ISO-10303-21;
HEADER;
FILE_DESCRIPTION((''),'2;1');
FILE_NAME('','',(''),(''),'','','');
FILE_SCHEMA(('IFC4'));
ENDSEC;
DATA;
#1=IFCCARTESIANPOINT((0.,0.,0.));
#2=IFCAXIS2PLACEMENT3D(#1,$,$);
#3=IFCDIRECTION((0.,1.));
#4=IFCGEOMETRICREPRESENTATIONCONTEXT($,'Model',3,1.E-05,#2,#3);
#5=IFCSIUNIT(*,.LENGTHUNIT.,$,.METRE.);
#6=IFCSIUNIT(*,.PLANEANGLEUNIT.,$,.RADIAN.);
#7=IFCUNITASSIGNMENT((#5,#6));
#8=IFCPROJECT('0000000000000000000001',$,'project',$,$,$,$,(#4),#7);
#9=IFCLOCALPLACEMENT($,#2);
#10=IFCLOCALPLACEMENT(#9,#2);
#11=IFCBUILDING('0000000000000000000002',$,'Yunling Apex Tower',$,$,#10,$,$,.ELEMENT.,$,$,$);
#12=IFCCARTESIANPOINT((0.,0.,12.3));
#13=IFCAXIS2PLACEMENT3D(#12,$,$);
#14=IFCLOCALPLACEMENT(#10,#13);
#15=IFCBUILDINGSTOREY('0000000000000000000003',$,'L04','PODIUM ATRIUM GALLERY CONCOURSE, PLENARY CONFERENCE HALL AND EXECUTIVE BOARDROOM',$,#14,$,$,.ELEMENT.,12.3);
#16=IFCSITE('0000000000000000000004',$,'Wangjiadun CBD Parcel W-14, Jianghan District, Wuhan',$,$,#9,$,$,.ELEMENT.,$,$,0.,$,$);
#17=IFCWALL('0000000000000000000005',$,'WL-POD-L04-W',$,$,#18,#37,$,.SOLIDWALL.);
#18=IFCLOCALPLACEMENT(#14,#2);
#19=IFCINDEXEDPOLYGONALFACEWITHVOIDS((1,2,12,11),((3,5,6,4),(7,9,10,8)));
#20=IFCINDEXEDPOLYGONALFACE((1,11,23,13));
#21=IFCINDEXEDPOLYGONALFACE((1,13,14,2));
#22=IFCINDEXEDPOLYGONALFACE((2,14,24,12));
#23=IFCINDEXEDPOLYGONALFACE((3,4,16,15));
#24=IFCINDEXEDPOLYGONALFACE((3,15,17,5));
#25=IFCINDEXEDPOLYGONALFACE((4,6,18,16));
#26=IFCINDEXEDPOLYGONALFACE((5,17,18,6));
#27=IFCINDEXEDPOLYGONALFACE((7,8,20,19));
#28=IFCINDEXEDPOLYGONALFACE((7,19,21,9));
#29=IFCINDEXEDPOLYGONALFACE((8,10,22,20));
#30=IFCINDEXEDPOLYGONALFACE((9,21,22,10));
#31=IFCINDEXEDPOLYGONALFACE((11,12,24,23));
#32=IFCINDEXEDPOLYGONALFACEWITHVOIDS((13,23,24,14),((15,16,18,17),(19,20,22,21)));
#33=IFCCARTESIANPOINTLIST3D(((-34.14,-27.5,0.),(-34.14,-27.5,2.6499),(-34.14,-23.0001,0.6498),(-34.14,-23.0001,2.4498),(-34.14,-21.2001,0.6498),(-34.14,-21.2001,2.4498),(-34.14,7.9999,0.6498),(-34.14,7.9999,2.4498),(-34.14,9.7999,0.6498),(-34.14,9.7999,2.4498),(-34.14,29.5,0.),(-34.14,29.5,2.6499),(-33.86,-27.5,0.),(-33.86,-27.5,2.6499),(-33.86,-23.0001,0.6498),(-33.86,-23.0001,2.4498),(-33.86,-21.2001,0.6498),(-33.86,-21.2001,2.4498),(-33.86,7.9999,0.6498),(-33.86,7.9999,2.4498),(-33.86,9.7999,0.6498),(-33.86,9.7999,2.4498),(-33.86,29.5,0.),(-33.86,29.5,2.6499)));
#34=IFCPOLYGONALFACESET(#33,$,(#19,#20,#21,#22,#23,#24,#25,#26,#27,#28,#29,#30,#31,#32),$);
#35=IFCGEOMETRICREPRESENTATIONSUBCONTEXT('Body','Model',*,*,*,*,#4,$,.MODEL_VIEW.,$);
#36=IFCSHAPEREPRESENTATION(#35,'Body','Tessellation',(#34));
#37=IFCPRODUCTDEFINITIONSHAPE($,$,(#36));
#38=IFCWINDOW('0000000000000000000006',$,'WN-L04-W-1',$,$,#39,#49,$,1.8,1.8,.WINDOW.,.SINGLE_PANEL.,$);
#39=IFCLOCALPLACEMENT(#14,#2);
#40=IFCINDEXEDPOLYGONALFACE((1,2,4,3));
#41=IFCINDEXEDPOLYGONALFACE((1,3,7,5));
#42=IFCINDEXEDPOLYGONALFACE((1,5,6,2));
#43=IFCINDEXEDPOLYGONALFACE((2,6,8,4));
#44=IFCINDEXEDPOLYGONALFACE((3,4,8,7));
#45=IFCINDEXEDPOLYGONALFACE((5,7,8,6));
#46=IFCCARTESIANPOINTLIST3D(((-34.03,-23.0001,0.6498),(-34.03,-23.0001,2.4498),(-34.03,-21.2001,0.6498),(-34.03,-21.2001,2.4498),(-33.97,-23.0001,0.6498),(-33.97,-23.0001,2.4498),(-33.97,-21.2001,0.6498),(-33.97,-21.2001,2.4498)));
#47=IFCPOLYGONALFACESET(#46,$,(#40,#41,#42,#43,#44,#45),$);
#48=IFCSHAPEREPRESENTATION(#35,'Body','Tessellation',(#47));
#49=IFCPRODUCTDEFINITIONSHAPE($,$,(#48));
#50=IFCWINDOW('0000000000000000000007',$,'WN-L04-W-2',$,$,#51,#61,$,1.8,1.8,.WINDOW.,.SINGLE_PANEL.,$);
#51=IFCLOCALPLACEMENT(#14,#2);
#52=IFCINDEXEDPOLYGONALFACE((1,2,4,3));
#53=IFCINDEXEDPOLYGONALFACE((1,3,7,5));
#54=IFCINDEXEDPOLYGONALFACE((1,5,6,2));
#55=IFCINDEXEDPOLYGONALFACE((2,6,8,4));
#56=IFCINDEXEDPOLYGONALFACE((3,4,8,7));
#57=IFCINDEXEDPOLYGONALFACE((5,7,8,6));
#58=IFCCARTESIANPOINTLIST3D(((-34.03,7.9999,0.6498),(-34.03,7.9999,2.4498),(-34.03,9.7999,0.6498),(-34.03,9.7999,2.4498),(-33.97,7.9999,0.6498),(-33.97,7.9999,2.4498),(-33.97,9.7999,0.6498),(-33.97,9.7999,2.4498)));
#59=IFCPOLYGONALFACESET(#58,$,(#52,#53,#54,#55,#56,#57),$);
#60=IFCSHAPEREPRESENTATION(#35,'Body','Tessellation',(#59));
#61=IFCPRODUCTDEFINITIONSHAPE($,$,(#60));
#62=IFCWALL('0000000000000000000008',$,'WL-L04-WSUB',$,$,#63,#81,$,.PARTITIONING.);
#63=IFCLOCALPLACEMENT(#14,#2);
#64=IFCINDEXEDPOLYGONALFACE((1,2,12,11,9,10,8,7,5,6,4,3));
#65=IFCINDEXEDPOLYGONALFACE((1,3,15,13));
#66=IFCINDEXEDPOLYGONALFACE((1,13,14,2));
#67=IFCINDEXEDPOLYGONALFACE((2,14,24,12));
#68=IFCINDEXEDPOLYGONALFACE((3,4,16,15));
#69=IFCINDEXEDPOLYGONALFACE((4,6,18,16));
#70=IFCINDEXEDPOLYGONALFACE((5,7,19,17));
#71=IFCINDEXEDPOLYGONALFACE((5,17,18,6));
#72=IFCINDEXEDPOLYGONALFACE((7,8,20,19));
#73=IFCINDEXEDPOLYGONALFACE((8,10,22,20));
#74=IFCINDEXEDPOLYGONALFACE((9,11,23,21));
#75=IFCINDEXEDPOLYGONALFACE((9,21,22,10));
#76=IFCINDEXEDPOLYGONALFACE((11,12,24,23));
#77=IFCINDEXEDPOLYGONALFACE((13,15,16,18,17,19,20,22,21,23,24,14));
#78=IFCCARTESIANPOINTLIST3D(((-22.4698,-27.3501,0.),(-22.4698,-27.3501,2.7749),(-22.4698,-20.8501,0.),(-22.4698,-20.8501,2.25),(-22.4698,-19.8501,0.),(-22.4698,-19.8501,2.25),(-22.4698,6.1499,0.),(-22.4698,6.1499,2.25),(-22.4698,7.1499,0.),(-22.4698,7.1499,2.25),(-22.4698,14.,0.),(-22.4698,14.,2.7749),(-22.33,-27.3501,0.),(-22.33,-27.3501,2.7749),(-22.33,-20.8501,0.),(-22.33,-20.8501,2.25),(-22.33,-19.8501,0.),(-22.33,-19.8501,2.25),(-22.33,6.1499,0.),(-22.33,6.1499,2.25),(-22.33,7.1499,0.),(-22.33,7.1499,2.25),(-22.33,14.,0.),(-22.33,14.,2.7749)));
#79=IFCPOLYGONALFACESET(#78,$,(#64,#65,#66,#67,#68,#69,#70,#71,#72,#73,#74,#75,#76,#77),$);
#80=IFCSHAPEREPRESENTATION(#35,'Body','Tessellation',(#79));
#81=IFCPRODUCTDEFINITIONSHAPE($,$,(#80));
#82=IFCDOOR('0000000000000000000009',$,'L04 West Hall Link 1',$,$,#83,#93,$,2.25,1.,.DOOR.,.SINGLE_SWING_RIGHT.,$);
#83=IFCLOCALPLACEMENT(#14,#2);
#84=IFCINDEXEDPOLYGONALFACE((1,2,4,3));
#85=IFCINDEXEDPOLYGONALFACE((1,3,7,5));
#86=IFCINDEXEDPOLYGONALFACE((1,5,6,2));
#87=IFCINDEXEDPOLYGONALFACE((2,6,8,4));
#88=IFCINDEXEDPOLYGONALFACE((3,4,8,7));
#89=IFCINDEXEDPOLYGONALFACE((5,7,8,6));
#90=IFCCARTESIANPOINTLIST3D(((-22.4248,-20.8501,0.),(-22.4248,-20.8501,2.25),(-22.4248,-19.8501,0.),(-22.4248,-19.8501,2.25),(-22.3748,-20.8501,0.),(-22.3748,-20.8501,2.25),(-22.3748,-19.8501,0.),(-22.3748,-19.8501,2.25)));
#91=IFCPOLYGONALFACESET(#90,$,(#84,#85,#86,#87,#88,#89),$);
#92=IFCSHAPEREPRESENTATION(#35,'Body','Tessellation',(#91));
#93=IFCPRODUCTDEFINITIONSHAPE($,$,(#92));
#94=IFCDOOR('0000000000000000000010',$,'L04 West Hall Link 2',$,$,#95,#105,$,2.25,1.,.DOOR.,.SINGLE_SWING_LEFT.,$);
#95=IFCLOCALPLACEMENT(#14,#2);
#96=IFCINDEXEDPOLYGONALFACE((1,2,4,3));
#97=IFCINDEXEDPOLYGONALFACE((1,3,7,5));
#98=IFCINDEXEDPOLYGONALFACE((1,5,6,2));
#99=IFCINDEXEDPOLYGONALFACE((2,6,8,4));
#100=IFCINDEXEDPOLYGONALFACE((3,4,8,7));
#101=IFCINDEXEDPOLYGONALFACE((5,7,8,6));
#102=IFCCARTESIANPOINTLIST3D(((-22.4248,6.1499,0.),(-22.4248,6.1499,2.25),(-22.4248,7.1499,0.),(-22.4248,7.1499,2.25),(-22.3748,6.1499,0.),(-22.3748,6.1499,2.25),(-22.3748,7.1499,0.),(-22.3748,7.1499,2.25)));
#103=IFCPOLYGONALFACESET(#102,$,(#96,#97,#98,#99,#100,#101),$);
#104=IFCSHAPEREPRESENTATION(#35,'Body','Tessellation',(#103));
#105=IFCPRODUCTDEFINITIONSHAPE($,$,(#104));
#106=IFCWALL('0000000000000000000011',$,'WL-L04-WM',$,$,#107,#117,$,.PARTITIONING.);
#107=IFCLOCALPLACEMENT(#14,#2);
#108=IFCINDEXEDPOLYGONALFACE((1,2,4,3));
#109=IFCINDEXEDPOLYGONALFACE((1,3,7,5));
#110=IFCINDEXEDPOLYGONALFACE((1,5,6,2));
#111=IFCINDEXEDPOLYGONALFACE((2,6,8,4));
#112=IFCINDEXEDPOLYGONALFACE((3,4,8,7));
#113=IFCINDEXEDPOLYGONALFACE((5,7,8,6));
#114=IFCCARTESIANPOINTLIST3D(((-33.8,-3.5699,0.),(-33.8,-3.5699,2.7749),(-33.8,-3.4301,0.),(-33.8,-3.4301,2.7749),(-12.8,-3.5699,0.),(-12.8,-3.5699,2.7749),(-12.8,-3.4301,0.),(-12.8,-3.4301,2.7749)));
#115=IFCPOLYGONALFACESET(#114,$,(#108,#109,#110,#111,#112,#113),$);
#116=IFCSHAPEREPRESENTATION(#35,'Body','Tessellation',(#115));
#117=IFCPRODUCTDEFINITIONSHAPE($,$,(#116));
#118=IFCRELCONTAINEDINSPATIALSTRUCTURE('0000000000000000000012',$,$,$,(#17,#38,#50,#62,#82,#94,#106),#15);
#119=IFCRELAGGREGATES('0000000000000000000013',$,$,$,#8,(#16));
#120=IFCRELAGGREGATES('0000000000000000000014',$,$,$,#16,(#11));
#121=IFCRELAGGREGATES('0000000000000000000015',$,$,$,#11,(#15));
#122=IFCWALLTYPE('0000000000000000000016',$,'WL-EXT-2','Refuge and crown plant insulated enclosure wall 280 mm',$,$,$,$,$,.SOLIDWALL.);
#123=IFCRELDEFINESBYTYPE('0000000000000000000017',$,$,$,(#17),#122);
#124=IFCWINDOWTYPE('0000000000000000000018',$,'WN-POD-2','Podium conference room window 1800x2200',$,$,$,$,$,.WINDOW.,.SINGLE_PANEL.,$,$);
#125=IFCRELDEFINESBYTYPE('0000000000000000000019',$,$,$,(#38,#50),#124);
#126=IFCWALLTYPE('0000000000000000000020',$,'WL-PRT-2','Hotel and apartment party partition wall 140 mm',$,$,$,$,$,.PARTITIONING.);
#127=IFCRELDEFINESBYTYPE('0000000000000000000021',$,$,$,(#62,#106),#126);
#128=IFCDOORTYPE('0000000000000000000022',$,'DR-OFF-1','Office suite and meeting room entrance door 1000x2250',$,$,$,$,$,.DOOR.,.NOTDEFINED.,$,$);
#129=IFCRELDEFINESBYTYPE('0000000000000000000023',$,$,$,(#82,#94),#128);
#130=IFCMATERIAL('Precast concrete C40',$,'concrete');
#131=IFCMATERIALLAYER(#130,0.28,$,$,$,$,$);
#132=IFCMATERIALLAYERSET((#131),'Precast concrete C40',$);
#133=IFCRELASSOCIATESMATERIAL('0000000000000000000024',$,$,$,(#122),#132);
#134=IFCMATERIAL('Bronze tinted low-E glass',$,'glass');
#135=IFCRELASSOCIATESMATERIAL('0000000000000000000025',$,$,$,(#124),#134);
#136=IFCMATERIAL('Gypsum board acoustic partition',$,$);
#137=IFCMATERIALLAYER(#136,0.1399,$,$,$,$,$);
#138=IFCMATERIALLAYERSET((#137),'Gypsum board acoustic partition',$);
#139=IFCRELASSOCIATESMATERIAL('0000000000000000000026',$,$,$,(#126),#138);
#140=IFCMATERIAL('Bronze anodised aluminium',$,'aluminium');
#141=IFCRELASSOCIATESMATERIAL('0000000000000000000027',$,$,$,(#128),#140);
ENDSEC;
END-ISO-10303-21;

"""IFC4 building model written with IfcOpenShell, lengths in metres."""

from ifc_helpers import new_model, si_unit, direction, frame, frame_2d, origin, place, context, subcontext, project, spatial, rectangle, extrude, material, layer, layer_set, type_object, element, fill, save


model = new_model("IFC4")

# Units and contexts
model_context = context("Model", 3, precision=1e-05, world=origin(), true_north=direction((0.0, 1.0)))
body_context = subcontext(model_context, "Body", "Model", "MODEL_VIEW")
ifc_project = project(units=[si_unit("LENGTHUNIT", "METRE"), si_unit("PLANEANGLEUNIT", "RADIAN")], contexts=[model_context])

# Site, building, storey
site_placement = place(None, origin())
site = spatial("IfcSite", under=ifc_project, at=site_placement, Name="Wangjiadun CBD Parcel W-14, Jianghan District, Wuhan", CompositionType="ELEMENT", RefElevation=0.0)
building_placement = place(site_placement, origin())
building = spatial("IfcBuilding", under=site, at=building_placement, Name="Yunling Apex Tower", CompositionType="ELEMENT")
storey_placement = place(building_placement, frame((0.0, 0.0, 12.3)))
storey = spatial("IfcBuildingStorey", under=building, at=storey_placement, Name="L04", Description="PODIUM ATRIUM GALLERY CONCOURSE, PLENARY CONFERENCE HALL AND EXECUTIVE BOARDROOM", CompositionType="ELEMENT", Elevation=12.3)

# Wall, openings, windows
ifc_material_1 = material(Name="Precast concrete C40", Category="concrete")
ifc_layer_1 = layer(ifc_material_1, 0.28)
ifc_layer_set_1 = layer_set([ifc_layer_1], Name="Precast concrete C40")
wall_type_1 = type_object("IfcWallType", Name="WL-EXT-2", Description="Refuge and crown plant insulated enclosure wall 280 mm", PredefinedType="SOLIDWALL", material=ifc_layer_set_1)
wall_1_placement = place(storey_placement, frame((-34.0, -27.5, 0.0), z_axis=(0.0, 0.0, 1.0), x_axis=(0.0, 1.0, 0.0)))
wall_1 = element("IfcWall", 1, at=wall_1_placement, inside=storey, type_object=wall_type_1, Name="WL-POD-L04-W", PredefinedType="SOLIDWALL", context=body_context, shape_type="SweptSolid", body=[
    extrude(rectangle(XDim=57.0, YDim=0.28, at=frame_2d((28.5, 0.0))), origin(), (0.0, 0.0, 1.0), 2.6499),
])
opening_1_placement = place(wall_1_placement, frame((4.5, 0.0, 0.6499)))
opening_1 = element("IfcOpeningElement", 2, at=opening_1_placement, cuts=wall_1, PredefinedType="OPENING", context=body_context, shape_type="SweptSolid", body=[
    extrude(rectangle(XDim=1.8, YDim=1.8, at=frame_2d((0.8999, 0.8999))), frame((0.0, 0.1499, 0.0), z_axis=(0.0, -1.0, 0.0), x_axis=(1.0, 0.0, 0.0)), (0.0, 0.0, 1.0), 0.3),
])
opening_2_placement = place(wall_1_placement, frame((35.5, 0.0, 0.6499)))
opening_2 = element("IfcOpeningElement", 3, at=opening_2_placement, cuts=wall_1, PredefinedType="OPENING", context=body_context, shape_type="SweptSolid", body=[
    extrude(rectangle(XDim=1.8, YDim=1.8, at=frame_2d((0.8999, 0.8999))), frame((0.0, 0.1499, 0.0), z_axis=(0.0, -1.0, 0.0), x_axis=(1.0, 0.0, 0.0)), (0.0, 0.0, 1.0), 0.3),
])
ifc_material_2 = material(Name="Bronze tinted low-E glass", Category="glass")
window_type = type_object("IfcWindowType", Name="WN-POD-2", Description="Podium conference room window 1800x2200", PartitioningType="SINGLE_PANEL", PredefinedType="WINDOW", material=ifc_material_2)
window_1_placement = place(opening_1_placement, origin())
window_1 = element("IfcWindow", 4, at=window_1_placement, inside=storey, type_object=window_type, Name="WN-L04-W-1", OverallHeight=1.8, OverallWidth=1.8, PartitioningType="SINGLE_PANEL", PredefinedType="WINDOW", context=body_context, shape_type="SweptSolid", body=[
    extrude(rectangle(XDim=1.8, YDim=1.8, at=frame_2d((0.8999, 0.8999))), frame((0.0, 0.03, 0.0), z_axis=(0.0, -1.0, 0.0), x_axis=(1.0, 0.0, 0.0)), (0.0, 0.0, 1.0), 0.0601),
])
fill(opening_1, window_1)
window_2_placement = place(opening_2_placement, origin())
window_2 = element("IfcWindow", 5, at=window_2_placement, inside=storey, type_object=window_type, Name="WN-L04-W-2", OverallHeight=1.8, OverallWidth=1.8, PartitioningType="SINGLE_PANEL", PredefinedType="WINDOW", context=body_context, shape_type="SweptSolid", body=[
    extrude(rectangle(XDim=1.8, YDim=1.8, at=frame_2d((0.8999, 0.8999))), frame((0.0, 0.03, 0.0), z_axis=(0.0, -1.0, 0.0), x_axis=(1.0, 0.0, 0.0)), (0.0, 0.0, 1.0), 0.0601),
])
fill(opening_2, window_2)

# Wall, openings, doors
ifc_material_3 = material(Name="Gypsum board acoustic partition")
ifc_layer_2 = layer(ifc_material_3, 0.1399)
ifc_layer_set_2 = layer_set([ifc_layer_2], Name="Gypsum board acoustic partition")
wall_type_2 = type_object("IfcWallType", Name="WL-PRT-2", Description="Hotel and apartment party partition wall 140 mm", PredefinedType="PARTITIONING", material=ifc_layer_set_2)
wall_2_placement = place(storey_placement, frame((-22.3999, -27.3501, 0.0), z_axis=(0.0, 0.0, 1.0), x_axis=(0.0, 1.0, 0.0)))
wall_2 = element("IfcWall", 6, at=wall_2_placement, inside=storey, type_object=wall_type_2, Name="WL-L04-WSUB", PredefinedType="PARTITIONING", context=body_context, shape_type="SweptSolid", body=[
    extrude(rectangle(XDim=41.3501, YDim=0.1399, at=frame_2d((20.675, 0.0))), origin(), (0.0, 0.0, 1.0), 2.7749),
])
opening_3_placement = place(wall_2_placement, frame((6.5, 0.0, 0.0)))
opening_3 = element("IfcOpeningElement", 7, at=opening_3_placement, cuts=wall_2, PredefinedType="OPENING", context=body_context, shape_type="SweptSolid", body=[
    extrude(rectangle(XDim=1.0, YDim=2.25, at=frame_2d((0.5, 1.125))), frame((0.0, 0.0801, 0.0), z_axis=(0.0, -1.0, 0.0), x_axis=(1.0, 0.0, 0.0)), (0.0, 0.0, 1.0), 0.1599),
])
opening_4_placement = place(wall_2_placement, frame((33.5, 0.0, 0.0)))
opening_4 = element("IfcOpeningElement", 8, at=opening_4_placement, cuts=wall_2, PredefinedType="OPENING", context=body_context, shape_type="SweptSolid", body=[
    extrude(rectangle(XDim=1.0, YDim=2.25, at=frame_2d((0.5, 1.125))), frame((0.0, 0.0801, 0.0), z_axis=(0.0, -1.0, 0.0), x_axis=(1.0, 0.0, 0.0)), (0.0, 0.0, 1.0), 0.1599),
])
ifc_material_4 = material(Name="Bronze anodised aluminium", Category="aluminium")
door_type = type_object("IfcDoorType", Name="DR-OFF-1", Description="Office suite and meeting room entrance door 1000x2250", OperationType="NOTDEFINED", PredefinedType="DOOR", material=ifc_material_4)
door_1_placement = place(opening_3_placement, origin())
door_1 = element("IfcDoor", 9, at=door_1_placement, inside=storey, type_object=door_type, Name="L04 West Hall Link 1", OperationType="SINGLE_SWING_RIGHT", OverallHeight=2.25, OverallWidth=1.0, PredefinedType="DOOR", context=body_context, shape_type="SweptSolid", body=[
    extrude(rectangle(XDim=1.0, YDim=2.25, at=frame_2d((0.5, 1.125))), frame((0.0, 0.0249, 0.0), z_axis=(0.0, -1.0, 0.0), x_axis=(1.0, 0.0, 0.0)), (0.0, 0.0, 1.0), 0.05),
])
fill(opening_3, door_1)
door_2_placement = place(opening_4_placement, origin())
door_2 = element("IfcDoor", 10, at=door_2_placement, inside=storey, type_object=door_type, Name="L04 West Hall Link 2", OperationType="SINGLE_SWING_LEFT", OverallHeight=2.25, OverallWidth=1.0, PredefinedType="DOOR", context=body_context, shape_type="SweptSolid", body=[
    extrude(rectangle(XDim=1.0, YDim=2.25, at=frame_2d((0.5, 1.125))), frame((0.0, 0.0249, 0.0), z_axis=(0.0, -1.0, 0.0), x_axis=(1.0, 0.0, 0.0)), (0.0, 0.0, 1.0), 0.05),
])
fill(opening_4, door_2)

# Wall
wall_3_placement = place(storey_placement, frame((-33.8, -3.5, 0.0), z_axis=(0.0, 0.0, 1.0), x_axis=(1.0, 0.0, 0.0)))
element("IfcWall", 11, at=wall_3_placement, inside=storey, type_object=wall_type_2, Name="WL-L04-WM", PredefinedType="PARTITIONING", context=body_context, shape_type="SweptSolid", body=[
    extrude(rectangle(XDim=21.0, YDim=0.1399, at=frame_2d((10.5, 0.0))), origin(), (0.0, 0.0, 1.0), 2.7749),
])

save(model, "model.ifc")
